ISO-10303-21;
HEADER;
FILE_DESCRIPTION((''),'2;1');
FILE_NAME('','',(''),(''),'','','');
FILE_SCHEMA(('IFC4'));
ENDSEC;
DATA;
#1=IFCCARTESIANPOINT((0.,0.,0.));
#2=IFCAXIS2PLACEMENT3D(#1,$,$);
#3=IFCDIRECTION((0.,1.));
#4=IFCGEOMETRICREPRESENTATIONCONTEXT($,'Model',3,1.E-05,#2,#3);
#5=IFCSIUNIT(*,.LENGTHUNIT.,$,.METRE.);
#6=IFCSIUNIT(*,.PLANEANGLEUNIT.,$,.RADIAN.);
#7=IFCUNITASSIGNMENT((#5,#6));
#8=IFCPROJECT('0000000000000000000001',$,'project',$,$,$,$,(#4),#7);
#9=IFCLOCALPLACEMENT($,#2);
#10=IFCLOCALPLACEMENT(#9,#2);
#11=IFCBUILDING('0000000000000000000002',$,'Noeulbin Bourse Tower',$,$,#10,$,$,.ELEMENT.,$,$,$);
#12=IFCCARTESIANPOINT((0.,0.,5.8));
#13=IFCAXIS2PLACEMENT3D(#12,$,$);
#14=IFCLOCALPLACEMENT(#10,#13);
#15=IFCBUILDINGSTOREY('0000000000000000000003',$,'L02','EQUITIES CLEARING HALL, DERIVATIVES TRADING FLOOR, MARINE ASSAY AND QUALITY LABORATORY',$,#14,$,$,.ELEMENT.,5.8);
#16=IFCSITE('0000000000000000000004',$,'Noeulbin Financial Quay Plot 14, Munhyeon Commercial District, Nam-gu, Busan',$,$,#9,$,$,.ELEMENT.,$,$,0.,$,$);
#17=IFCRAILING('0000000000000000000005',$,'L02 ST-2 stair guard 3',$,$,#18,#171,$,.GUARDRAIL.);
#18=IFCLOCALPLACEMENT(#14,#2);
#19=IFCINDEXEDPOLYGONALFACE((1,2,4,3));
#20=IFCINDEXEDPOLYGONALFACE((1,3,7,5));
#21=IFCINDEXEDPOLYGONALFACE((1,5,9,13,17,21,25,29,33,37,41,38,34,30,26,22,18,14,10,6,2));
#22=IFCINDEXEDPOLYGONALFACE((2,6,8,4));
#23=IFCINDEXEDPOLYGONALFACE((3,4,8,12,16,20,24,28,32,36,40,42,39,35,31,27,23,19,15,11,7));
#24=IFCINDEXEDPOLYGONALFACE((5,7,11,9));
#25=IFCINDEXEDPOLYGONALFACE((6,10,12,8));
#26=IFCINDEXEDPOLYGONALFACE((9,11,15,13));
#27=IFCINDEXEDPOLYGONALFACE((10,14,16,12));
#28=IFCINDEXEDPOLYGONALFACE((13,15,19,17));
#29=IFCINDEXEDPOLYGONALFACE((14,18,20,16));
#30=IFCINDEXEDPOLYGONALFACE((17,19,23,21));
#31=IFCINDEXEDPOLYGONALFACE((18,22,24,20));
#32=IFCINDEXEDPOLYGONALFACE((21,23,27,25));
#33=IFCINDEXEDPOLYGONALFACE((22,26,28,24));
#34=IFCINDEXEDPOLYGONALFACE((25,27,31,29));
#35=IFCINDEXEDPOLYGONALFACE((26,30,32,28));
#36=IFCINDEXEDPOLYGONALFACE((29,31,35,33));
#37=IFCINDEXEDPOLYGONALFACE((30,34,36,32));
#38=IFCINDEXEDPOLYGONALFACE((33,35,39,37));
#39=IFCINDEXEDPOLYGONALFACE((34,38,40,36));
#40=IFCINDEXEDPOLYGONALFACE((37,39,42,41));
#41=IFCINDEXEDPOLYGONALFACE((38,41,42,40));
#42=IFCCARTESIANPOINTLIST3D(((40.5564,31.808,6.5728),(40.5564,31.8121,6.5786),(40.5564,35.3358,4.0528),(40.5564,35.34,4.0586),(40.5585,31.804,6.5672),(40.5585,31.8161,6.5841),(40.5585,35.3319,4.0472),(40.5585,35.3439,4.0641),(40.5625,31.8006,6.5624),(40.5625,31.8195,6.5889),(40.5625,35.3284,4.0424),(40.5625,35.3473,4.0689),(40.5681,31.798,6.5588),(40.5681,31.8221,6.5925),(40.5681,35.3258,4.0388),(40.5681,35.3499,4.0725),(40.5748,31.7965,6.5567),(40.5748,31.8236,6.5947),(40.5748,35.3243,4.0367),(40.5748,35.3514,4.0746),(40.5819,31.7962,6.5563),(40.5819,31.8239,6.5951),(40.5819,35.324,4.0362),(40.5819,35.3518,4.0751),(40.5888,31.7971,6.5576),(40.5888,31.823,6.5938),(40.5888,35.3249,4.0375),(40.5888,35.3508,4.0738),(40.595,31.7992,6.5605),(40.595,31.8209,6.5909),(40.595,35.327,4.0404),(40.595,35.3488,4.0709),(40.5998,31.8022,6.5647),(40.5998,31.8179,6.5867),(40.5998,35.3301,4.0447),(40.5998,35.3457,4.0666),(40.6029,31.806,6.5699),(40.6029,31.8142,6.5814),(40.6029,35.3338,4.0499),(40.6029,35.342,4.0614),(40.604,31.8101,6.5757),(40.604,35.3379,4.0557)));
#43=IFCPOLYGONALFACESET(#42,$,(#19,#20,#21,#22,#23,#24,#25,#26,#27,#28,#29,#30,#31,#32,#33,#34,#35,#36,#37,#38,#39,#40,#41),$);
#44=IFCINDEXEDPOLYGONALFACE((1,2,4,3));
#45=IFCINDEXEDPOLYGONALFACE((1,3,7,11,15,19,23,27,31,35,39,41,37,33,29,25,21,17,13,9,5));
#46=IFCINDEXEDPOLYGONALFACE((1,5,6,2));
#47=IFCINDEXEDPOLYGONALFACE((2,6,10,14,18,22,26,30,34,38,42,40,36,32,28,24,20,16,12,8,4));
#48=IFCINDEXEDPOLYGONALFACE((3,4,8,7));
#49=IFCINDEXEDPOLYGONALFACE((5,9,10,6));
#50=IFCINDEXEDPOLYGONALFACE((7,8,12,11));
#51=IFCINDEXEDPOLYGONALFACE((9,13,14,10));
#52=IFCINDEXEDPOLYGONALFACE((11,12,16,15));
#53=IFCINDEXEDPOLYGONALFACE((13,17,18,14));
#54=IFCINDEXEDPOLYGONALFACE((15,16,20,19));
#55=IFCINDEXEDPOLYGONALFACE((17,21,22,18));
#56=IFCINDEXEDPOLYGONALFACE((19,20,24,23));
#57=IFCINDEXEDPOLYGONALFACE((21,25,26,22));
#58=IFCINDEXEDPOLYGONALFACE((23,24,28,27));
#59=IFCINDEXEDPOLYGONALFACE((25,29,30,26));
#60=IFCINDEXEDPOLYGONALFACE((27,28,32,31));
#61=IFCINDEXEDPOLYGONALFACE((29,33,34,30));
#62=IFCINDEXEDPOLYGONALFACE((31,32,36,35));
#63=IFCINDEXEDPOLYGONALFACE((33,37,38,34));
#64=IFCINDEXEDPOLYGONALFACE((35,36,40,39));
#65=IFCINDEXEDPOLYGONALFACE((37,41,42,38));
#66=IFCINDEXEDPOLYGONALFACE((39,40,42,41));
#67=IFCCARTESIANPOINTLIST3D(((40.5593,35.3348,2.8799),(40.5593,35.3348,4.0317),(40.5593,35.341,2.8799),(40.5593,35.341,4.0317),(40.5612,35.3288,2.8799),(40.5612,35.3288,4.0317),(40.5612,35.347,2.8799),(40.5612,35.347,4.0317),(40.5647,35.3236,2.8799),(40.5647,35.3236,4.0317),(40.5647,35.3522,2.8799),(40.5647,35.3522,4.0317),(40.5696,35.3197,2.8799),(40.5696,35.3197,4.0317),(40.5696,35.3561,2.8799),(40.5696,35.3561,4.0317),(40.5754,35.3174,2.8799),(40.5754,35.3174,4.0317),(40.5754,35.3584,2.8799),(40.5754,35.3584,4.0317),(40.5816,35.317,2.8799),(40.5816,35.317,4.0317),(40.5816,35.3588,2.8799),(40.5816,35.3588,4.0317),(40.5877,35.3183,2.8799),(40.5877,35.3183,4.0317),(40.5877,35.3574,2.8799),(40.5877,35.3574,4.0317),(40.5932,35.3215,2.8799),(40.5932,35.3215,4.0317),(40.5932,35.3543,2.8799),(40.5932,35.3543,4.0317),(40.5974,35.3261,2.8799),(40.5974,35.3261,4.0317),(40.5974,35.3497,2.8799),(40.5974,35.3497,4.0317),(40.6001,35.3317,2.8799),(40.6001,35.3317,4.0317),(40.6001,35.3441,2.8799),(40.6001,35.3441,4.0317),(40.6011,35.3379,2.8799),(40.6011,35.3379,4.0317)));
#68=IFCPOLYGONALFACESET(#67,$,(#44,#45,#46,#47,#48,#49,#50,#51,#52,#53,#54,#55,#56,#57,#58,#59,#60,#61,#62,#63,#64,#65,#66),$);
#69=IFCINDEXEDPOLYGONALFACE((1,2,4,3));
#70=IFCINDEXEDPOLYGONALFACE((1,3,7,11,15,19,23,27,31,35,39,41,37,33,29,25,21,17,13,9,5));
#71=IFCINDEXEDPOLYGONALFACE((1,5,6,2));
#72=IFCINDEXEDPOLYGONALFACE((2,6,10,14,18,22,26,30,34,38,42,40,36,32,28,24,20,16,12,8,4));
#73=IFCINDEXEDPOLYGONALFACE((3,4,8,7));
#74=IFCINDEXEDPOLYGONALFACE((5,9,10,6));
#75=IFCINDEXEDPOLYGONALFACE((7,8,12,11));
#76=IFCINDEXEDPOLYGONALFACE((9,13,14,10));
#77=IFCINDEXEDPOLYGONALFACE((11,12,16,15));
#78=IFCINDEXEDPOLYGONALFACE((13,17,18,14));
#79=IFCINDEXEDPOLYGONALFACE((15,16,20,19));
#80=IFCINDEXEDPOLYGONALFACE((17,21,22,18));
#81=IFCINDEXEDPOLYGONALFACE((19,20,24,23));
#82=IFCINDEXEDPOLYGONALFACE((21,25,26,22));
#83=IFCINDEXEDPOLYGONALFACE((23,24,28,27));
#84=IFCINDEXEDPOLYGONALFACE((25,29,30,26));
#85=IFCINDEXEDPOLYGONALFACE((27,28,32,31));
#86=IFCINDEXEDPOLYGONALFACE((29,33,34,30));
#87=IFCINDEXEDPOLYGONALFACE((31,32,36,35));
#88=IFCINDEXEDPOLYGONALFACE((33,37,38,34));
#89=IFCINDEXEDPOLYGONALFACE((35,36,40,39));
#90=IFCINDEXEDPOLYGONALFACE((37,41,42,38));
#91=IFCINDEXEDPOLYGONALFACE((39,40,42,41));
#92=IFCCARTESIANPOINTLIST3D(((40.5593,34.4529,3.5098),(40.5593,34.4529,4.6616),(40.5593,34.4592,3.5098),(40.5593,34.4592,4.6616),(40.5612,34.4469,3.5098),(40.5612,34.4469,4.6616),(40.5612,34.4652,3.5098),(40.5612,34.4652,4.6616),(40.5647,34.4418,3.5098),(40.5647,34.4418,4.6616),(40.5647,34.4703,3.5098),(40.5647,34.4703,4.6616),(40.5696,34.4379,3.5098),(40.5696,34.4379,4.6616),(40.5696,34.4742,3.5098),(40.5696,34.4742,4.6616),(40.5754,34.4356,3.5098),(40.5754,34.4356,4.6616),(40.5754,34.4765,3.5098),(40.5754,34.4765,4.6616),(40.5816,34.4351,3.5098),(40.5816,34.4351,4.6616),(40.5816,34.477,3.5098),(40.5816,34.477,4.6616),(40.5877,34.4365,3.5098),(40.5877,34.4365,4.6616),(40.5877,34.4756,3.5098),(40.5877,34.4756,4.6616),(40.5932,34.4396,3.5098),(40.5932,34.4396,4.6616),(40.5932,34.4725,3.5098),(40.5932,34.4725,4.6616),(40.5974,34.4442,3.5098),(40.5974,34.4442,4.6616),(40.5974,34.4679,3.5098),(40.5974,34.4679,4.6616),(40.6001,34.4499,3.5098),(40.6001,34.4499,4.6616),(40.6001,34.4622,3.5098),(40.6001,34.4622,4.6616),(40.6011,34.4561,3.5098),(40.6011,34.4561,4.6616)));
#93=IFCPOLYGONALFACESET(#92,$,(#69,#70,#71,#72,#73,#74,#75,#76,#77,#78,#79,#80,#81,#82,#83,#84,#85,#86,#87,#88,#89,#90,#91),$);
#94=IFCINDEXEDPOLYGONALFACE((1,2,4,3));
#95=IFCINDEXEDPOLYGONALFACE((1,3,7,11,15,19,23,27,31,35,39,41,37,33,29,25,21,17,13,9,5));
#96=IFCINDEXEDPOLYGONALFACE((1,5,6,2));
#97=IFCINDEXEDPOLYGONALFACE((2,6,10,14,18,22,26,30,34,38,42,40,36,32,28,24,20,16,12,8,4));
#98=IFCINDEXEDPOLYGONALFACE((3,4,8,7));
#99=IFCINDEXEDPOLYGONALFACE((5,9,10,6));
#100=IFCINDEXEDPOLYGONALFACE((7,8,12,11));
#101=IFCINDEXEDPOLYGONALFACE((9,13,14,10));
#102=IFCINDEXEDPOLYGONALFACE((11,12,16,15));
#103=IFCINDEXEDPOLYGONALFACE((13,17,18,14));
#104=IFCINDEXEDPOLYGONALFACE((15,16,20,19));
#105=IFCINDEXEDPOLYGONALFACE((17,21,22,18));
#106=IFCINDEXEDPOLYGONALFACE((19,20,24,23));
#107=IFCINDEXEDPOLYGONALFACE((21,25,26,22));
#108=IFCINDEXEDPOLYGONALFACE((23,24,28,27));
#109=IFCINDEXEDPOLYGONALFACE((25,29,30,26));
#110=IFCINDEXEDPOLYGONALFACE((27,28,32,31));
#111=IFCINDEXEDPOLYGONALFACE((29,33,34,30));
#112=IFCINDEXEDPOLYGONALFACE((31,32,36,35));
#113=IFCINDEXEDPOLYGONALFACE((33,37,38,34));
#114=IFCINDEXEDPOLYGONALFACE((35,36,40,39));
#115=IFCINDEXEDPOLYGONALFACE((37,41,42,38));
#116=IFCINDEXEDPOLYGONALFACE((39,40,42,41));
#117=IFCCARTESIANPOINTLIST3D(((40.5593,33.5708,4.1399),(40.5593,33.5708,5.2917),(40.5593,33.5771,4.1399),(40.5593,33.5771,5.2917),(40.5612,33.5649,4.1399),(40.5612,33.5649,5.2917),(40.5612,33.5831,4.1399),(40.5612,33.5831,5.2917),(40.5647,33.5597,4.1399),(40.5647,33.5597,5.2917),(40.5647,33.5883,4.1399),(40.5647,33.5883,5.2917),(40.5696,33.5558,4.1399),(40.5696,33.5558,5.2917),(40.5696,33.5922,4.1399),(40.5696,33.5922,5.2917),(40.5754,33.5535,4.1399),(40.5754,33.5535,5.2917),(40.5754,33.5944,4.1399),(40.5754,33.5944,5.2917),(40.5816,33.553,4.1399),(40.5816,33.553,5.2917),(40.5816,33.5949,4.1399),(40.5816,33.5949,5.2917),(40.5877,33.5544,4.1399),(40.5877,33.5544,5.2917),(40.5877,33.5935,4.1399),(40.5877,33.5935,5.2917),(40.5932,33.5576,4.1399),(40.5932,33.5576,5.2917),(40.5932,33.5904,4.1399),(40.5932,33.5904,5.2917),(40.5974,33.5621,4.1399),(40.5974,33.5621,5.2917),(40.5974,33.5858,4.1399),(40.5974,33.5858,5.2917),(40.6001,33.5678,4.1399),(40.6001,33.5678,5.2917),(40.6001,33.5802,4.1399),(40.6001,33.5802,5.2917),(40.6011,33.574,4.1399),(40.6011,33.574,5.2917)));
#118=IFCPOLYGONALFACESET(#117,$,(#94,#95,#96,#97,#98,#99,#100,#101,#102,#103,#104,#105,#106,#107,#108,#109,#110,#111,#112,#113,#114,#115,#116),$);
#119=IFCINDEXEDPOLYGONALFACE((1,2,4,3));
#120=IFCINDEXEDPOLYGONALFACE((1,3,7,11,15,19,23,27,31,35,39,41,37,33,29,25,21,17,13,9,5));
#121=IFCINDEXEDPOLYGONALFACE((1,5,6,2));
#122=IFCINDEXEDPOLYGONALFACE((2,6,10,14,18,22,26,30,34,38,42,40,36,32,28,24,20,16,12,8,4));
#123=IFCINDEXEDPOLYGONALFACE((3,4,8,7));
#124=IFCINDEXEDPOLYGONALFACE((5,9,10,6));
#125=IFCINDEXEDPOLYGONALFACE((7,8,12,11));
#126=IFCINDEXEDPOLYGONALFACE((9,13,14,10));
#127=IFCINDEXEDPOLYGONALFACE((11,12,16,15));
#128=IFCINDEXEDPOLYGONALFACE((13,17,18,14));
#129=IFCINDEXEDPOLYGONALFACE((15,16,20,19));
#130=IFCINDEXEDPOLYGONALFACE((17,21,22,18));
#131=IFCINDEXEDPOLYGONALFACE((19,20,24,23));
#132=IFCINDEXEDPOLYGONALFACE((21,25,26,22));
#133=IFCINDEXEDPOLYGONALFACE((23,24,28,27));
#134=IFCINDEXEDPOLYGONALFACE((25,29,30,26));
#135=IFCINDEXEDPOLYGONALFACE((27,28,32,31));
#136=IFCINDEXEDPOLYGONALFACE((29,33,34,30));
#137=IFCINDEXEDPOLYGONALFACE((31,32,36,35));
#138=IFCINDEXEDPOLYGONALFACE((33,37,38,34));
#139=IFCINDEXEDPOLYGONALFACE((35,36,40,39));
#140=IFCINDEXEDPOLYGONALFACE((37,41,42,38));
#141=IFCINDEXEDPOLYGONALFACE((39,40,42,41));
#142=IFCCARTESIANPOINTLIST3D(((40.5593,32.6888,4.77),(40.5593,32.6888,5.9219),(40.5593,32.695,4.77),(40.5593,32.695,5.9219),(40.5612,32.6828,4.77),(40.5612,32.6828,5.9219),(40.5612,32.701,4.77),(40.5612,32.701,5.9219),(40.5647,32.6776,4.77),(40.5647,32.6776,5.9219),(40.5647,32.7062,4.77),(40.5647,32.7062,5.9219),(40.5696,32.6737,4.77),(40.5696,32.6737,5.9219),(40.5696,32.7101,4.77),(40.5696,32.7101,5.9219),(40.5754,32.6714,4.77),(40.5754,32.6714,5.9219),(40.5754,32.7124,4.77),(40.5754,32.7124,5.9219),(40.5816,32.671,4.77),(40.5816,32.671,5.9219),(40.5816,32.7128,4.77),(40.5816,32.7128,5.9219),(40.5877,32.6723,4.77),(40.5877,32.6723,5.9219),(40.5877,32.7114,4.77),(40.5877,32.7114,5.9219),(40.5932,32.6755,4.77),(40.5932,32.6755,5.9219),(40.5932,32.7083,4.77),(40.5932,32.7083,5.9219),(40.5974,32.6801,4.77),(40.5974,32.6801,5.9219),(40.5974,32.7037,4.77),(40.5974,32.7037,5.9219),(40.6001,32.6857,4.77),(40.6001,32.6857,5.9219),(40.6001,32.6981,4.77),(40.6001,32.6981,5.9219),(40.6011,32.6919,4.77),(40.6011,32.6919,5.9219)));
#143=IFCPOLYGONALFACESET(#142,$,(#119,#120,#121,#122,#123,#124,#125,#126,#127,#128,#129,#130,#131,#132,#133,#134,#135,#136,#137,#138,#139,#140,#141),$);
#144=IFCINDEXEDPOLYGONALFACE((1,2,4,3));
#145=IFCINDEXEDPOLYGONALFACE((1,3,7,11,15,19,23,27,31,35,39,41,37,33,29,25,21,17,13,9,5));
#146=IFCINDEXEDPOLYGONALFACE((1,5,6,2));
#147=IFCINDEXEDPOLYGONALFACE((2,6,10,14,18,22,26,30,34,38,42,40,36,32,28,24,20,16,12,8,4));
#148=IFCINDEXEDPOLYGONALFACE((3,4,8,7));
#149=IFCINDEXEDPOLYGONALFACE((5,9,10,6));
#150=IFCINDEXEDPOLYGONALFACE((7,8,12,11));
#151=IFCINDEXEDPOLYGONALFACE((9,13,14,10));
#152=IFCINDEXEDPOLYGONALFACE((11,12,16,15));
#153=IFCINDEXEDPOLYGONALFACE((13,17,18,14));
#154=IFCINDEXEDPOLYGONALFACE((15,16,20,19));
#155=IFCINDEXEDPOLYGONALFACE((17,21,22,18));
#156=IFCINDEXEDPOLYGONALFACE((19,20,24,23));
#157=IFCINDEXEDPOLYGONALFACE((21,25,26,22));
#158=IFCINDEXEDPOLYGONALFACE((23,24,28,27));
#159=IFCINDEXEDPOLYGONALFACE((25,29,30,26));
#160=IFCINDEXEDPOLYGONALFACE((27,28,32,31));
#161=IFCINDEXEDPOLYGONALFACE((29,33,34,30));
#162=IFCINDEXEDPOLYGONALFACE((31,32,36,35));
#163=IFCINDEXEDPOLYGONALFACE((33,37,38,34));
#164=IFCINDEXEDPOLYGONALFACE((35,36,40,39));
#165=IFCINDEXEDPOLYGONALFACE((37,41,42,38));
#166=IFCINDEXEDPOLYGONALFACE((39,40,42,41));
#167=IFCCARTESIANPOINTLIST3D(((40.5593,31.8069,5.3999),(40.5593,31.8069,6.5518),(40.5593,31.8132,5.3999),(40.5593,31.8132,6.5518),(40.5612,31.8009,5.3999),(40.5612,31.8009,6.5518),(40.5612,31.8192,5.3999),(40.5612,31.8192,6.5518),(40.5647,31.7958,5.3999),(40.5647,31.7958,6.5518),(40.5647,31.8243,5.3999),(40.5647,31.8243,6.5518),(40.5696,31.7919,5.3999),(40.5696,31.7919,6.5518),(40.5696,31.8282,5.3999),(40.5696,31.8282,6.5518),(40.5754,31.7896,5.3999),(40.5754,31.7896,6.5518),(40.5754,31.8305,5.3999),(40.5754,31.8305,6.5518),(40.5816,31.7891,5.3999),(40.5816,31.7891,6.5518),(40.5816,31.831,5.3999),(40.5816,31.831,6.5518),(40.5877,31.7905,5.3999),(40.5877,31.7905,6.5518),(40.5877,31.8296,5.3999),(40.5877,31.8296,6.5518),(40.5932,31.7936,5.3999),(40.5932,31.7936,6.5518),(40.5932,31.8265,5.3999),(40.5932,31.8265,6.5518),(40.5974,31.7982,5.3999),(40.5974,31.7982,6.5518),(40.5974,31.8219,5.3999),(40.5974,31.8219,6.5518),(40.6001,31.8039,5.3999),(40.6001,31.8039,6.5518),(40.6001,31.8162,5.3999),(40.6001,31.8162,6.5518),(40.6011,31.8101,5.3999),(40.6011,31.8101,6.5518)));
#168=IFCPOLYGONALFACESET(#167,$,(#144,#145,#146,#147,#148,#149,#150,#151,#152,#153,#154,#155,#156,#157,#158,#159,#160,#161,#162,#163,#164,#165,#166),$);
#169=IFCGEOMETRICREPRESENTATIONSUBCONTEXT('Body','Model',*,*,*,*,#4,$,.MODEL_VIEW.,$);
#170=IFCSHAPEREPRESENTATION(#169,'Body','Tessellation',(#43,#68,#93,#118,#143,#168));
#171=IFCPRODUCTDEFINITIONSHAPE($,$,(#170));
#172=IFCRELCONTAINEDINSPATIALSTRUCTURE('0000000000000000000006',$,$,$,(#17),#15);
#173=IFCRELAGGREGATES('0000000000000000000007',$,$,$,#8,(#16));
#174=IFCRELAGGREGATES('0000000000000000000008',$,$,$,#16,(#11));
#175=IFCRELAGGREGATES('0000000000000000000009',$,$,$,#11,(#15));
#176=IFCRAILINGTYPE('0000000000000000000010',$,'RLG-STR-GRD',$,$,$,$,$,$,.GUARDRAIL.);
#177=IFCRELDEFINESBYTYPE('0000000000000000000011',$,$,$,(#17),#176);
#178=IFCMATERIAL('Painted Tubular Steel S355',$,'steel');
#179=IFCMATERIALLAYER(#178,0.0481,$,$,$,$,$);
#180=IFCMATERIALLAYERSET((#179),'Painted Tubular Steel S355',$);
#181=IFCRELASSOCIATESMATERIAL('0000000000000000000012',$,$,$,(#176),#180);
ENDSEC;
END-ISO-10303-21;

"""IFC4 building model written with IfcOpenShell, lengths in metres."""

from ifc_helpers import new_model, si_unit, direction, frame, origin, origin_2d, place, context, subcontext, project, spatial, circle, extrude, material, layer, layer_set, type_object, element, save


model = new_model("IFC4")

# Units and contexts
model_context = context("Model", 3, precision=1e-05, world=origin(), true_north=direction((0.0, 1.0)))
body_context = subcontext(model_context, "Body", "Model", "MODEL_VIEW")
ifc_project = project(units=[si_unit("LENGTHUNIT", "METRE"), si_unit("PLANEANGLEUNIT", "RADIAN")], contexts=[model_context])

# Site, building, storey
site_placement = place(None, origin())
site = spatial("IfcSite", under=ifc_project, at=site_placement, Name="Noeulbin Financial Quay Plot 14, Munhyeon Commercial District, Nam-gu, Busan", CompositionType="ELEMENT", RefElevation=0.0)
building_placement = place(site_placement, origin())
building = spatial("IfcBuilding", under=site, at=building_placement, Name="Noeulbin Bourse Tower", CompositionType="ELEMENT")
storey_placement = place(building_placement, frame((0.0, 0.0, 5.8)))
storey = spatial("IfcBuildingStorey", under=building, at=storey_placement, Name="L02", Description="EQUITIES CLEARING HALL, DERIVATIVES TRADING FLOOR, MARINE ASSAY AND QUALITY LABORATORY", CompositionType="ELEMENT", Elevation=5.8)

# Railing
ifc_material_1 = material(Name="Painted Tubular Steel S355", Category="steel")
ifc_layer_1 = layer(ifc_material_1, 0.0481)
ifc_layer_set_1 = layer_set([ifc_layer_1], Name="Painted Tubular Steel S355")
railing_type_1 = type_object("IfcRailingType", Name="RLG-STR-GRD", PredefinedType="GUARDRAIL", material=ifc_layer_set_1)
railing_1_placement = place(storey_placement, frame((40.5801, 35.3379, 2.8799)))
element("IfcRailing", 1, at=railing_1_placement, inside=storey, type_object=railing_type_1, Name="L02 ST-2 stair guard 3", PredefinedType="GUARDRAIL", context=body_context, shape_type="SweptSolid", body=[
    extrude(circle(Radius=0.0239, at=origin_2d()), frame((0.0, 0.0, 1.1758), z_axis=(0.0, -0.813718, 0.58126), x_axis=(1.0, 0.0, 0.0)), (0.0, 0.0, 1.0), 4.3354),
    extrude(circle(Radius=0.021, at=origin_2d()), origin(), (0.0, 0.0, 1.0), 1.1519),
    extrude(circle(Radius=0.021, at=origin_2d()), frame((0.0, -0.8818, 0.6299)), (0.0, 0.0, 1.0), 1.1519),
    extrude(circle(Radius=0.021, at=origin_2d()), frame((0.0, -1.7639, 1.26)), (0.0, 0.0, 1.0), 1.1519),
    extrude(circle(Radius=0.021, at=origin_2d()), frame((0.0, -2.646, 1.8901)), (0.0, 0.0, 1.0), 1.1519),
    extrude(circle(Radius=0.021, at=origin_2d()), frame((0.0, -3.5278, 2.52)), (0.0, 0.0, 1.0), 1.1519),
])

save(model, "model.ifc")
